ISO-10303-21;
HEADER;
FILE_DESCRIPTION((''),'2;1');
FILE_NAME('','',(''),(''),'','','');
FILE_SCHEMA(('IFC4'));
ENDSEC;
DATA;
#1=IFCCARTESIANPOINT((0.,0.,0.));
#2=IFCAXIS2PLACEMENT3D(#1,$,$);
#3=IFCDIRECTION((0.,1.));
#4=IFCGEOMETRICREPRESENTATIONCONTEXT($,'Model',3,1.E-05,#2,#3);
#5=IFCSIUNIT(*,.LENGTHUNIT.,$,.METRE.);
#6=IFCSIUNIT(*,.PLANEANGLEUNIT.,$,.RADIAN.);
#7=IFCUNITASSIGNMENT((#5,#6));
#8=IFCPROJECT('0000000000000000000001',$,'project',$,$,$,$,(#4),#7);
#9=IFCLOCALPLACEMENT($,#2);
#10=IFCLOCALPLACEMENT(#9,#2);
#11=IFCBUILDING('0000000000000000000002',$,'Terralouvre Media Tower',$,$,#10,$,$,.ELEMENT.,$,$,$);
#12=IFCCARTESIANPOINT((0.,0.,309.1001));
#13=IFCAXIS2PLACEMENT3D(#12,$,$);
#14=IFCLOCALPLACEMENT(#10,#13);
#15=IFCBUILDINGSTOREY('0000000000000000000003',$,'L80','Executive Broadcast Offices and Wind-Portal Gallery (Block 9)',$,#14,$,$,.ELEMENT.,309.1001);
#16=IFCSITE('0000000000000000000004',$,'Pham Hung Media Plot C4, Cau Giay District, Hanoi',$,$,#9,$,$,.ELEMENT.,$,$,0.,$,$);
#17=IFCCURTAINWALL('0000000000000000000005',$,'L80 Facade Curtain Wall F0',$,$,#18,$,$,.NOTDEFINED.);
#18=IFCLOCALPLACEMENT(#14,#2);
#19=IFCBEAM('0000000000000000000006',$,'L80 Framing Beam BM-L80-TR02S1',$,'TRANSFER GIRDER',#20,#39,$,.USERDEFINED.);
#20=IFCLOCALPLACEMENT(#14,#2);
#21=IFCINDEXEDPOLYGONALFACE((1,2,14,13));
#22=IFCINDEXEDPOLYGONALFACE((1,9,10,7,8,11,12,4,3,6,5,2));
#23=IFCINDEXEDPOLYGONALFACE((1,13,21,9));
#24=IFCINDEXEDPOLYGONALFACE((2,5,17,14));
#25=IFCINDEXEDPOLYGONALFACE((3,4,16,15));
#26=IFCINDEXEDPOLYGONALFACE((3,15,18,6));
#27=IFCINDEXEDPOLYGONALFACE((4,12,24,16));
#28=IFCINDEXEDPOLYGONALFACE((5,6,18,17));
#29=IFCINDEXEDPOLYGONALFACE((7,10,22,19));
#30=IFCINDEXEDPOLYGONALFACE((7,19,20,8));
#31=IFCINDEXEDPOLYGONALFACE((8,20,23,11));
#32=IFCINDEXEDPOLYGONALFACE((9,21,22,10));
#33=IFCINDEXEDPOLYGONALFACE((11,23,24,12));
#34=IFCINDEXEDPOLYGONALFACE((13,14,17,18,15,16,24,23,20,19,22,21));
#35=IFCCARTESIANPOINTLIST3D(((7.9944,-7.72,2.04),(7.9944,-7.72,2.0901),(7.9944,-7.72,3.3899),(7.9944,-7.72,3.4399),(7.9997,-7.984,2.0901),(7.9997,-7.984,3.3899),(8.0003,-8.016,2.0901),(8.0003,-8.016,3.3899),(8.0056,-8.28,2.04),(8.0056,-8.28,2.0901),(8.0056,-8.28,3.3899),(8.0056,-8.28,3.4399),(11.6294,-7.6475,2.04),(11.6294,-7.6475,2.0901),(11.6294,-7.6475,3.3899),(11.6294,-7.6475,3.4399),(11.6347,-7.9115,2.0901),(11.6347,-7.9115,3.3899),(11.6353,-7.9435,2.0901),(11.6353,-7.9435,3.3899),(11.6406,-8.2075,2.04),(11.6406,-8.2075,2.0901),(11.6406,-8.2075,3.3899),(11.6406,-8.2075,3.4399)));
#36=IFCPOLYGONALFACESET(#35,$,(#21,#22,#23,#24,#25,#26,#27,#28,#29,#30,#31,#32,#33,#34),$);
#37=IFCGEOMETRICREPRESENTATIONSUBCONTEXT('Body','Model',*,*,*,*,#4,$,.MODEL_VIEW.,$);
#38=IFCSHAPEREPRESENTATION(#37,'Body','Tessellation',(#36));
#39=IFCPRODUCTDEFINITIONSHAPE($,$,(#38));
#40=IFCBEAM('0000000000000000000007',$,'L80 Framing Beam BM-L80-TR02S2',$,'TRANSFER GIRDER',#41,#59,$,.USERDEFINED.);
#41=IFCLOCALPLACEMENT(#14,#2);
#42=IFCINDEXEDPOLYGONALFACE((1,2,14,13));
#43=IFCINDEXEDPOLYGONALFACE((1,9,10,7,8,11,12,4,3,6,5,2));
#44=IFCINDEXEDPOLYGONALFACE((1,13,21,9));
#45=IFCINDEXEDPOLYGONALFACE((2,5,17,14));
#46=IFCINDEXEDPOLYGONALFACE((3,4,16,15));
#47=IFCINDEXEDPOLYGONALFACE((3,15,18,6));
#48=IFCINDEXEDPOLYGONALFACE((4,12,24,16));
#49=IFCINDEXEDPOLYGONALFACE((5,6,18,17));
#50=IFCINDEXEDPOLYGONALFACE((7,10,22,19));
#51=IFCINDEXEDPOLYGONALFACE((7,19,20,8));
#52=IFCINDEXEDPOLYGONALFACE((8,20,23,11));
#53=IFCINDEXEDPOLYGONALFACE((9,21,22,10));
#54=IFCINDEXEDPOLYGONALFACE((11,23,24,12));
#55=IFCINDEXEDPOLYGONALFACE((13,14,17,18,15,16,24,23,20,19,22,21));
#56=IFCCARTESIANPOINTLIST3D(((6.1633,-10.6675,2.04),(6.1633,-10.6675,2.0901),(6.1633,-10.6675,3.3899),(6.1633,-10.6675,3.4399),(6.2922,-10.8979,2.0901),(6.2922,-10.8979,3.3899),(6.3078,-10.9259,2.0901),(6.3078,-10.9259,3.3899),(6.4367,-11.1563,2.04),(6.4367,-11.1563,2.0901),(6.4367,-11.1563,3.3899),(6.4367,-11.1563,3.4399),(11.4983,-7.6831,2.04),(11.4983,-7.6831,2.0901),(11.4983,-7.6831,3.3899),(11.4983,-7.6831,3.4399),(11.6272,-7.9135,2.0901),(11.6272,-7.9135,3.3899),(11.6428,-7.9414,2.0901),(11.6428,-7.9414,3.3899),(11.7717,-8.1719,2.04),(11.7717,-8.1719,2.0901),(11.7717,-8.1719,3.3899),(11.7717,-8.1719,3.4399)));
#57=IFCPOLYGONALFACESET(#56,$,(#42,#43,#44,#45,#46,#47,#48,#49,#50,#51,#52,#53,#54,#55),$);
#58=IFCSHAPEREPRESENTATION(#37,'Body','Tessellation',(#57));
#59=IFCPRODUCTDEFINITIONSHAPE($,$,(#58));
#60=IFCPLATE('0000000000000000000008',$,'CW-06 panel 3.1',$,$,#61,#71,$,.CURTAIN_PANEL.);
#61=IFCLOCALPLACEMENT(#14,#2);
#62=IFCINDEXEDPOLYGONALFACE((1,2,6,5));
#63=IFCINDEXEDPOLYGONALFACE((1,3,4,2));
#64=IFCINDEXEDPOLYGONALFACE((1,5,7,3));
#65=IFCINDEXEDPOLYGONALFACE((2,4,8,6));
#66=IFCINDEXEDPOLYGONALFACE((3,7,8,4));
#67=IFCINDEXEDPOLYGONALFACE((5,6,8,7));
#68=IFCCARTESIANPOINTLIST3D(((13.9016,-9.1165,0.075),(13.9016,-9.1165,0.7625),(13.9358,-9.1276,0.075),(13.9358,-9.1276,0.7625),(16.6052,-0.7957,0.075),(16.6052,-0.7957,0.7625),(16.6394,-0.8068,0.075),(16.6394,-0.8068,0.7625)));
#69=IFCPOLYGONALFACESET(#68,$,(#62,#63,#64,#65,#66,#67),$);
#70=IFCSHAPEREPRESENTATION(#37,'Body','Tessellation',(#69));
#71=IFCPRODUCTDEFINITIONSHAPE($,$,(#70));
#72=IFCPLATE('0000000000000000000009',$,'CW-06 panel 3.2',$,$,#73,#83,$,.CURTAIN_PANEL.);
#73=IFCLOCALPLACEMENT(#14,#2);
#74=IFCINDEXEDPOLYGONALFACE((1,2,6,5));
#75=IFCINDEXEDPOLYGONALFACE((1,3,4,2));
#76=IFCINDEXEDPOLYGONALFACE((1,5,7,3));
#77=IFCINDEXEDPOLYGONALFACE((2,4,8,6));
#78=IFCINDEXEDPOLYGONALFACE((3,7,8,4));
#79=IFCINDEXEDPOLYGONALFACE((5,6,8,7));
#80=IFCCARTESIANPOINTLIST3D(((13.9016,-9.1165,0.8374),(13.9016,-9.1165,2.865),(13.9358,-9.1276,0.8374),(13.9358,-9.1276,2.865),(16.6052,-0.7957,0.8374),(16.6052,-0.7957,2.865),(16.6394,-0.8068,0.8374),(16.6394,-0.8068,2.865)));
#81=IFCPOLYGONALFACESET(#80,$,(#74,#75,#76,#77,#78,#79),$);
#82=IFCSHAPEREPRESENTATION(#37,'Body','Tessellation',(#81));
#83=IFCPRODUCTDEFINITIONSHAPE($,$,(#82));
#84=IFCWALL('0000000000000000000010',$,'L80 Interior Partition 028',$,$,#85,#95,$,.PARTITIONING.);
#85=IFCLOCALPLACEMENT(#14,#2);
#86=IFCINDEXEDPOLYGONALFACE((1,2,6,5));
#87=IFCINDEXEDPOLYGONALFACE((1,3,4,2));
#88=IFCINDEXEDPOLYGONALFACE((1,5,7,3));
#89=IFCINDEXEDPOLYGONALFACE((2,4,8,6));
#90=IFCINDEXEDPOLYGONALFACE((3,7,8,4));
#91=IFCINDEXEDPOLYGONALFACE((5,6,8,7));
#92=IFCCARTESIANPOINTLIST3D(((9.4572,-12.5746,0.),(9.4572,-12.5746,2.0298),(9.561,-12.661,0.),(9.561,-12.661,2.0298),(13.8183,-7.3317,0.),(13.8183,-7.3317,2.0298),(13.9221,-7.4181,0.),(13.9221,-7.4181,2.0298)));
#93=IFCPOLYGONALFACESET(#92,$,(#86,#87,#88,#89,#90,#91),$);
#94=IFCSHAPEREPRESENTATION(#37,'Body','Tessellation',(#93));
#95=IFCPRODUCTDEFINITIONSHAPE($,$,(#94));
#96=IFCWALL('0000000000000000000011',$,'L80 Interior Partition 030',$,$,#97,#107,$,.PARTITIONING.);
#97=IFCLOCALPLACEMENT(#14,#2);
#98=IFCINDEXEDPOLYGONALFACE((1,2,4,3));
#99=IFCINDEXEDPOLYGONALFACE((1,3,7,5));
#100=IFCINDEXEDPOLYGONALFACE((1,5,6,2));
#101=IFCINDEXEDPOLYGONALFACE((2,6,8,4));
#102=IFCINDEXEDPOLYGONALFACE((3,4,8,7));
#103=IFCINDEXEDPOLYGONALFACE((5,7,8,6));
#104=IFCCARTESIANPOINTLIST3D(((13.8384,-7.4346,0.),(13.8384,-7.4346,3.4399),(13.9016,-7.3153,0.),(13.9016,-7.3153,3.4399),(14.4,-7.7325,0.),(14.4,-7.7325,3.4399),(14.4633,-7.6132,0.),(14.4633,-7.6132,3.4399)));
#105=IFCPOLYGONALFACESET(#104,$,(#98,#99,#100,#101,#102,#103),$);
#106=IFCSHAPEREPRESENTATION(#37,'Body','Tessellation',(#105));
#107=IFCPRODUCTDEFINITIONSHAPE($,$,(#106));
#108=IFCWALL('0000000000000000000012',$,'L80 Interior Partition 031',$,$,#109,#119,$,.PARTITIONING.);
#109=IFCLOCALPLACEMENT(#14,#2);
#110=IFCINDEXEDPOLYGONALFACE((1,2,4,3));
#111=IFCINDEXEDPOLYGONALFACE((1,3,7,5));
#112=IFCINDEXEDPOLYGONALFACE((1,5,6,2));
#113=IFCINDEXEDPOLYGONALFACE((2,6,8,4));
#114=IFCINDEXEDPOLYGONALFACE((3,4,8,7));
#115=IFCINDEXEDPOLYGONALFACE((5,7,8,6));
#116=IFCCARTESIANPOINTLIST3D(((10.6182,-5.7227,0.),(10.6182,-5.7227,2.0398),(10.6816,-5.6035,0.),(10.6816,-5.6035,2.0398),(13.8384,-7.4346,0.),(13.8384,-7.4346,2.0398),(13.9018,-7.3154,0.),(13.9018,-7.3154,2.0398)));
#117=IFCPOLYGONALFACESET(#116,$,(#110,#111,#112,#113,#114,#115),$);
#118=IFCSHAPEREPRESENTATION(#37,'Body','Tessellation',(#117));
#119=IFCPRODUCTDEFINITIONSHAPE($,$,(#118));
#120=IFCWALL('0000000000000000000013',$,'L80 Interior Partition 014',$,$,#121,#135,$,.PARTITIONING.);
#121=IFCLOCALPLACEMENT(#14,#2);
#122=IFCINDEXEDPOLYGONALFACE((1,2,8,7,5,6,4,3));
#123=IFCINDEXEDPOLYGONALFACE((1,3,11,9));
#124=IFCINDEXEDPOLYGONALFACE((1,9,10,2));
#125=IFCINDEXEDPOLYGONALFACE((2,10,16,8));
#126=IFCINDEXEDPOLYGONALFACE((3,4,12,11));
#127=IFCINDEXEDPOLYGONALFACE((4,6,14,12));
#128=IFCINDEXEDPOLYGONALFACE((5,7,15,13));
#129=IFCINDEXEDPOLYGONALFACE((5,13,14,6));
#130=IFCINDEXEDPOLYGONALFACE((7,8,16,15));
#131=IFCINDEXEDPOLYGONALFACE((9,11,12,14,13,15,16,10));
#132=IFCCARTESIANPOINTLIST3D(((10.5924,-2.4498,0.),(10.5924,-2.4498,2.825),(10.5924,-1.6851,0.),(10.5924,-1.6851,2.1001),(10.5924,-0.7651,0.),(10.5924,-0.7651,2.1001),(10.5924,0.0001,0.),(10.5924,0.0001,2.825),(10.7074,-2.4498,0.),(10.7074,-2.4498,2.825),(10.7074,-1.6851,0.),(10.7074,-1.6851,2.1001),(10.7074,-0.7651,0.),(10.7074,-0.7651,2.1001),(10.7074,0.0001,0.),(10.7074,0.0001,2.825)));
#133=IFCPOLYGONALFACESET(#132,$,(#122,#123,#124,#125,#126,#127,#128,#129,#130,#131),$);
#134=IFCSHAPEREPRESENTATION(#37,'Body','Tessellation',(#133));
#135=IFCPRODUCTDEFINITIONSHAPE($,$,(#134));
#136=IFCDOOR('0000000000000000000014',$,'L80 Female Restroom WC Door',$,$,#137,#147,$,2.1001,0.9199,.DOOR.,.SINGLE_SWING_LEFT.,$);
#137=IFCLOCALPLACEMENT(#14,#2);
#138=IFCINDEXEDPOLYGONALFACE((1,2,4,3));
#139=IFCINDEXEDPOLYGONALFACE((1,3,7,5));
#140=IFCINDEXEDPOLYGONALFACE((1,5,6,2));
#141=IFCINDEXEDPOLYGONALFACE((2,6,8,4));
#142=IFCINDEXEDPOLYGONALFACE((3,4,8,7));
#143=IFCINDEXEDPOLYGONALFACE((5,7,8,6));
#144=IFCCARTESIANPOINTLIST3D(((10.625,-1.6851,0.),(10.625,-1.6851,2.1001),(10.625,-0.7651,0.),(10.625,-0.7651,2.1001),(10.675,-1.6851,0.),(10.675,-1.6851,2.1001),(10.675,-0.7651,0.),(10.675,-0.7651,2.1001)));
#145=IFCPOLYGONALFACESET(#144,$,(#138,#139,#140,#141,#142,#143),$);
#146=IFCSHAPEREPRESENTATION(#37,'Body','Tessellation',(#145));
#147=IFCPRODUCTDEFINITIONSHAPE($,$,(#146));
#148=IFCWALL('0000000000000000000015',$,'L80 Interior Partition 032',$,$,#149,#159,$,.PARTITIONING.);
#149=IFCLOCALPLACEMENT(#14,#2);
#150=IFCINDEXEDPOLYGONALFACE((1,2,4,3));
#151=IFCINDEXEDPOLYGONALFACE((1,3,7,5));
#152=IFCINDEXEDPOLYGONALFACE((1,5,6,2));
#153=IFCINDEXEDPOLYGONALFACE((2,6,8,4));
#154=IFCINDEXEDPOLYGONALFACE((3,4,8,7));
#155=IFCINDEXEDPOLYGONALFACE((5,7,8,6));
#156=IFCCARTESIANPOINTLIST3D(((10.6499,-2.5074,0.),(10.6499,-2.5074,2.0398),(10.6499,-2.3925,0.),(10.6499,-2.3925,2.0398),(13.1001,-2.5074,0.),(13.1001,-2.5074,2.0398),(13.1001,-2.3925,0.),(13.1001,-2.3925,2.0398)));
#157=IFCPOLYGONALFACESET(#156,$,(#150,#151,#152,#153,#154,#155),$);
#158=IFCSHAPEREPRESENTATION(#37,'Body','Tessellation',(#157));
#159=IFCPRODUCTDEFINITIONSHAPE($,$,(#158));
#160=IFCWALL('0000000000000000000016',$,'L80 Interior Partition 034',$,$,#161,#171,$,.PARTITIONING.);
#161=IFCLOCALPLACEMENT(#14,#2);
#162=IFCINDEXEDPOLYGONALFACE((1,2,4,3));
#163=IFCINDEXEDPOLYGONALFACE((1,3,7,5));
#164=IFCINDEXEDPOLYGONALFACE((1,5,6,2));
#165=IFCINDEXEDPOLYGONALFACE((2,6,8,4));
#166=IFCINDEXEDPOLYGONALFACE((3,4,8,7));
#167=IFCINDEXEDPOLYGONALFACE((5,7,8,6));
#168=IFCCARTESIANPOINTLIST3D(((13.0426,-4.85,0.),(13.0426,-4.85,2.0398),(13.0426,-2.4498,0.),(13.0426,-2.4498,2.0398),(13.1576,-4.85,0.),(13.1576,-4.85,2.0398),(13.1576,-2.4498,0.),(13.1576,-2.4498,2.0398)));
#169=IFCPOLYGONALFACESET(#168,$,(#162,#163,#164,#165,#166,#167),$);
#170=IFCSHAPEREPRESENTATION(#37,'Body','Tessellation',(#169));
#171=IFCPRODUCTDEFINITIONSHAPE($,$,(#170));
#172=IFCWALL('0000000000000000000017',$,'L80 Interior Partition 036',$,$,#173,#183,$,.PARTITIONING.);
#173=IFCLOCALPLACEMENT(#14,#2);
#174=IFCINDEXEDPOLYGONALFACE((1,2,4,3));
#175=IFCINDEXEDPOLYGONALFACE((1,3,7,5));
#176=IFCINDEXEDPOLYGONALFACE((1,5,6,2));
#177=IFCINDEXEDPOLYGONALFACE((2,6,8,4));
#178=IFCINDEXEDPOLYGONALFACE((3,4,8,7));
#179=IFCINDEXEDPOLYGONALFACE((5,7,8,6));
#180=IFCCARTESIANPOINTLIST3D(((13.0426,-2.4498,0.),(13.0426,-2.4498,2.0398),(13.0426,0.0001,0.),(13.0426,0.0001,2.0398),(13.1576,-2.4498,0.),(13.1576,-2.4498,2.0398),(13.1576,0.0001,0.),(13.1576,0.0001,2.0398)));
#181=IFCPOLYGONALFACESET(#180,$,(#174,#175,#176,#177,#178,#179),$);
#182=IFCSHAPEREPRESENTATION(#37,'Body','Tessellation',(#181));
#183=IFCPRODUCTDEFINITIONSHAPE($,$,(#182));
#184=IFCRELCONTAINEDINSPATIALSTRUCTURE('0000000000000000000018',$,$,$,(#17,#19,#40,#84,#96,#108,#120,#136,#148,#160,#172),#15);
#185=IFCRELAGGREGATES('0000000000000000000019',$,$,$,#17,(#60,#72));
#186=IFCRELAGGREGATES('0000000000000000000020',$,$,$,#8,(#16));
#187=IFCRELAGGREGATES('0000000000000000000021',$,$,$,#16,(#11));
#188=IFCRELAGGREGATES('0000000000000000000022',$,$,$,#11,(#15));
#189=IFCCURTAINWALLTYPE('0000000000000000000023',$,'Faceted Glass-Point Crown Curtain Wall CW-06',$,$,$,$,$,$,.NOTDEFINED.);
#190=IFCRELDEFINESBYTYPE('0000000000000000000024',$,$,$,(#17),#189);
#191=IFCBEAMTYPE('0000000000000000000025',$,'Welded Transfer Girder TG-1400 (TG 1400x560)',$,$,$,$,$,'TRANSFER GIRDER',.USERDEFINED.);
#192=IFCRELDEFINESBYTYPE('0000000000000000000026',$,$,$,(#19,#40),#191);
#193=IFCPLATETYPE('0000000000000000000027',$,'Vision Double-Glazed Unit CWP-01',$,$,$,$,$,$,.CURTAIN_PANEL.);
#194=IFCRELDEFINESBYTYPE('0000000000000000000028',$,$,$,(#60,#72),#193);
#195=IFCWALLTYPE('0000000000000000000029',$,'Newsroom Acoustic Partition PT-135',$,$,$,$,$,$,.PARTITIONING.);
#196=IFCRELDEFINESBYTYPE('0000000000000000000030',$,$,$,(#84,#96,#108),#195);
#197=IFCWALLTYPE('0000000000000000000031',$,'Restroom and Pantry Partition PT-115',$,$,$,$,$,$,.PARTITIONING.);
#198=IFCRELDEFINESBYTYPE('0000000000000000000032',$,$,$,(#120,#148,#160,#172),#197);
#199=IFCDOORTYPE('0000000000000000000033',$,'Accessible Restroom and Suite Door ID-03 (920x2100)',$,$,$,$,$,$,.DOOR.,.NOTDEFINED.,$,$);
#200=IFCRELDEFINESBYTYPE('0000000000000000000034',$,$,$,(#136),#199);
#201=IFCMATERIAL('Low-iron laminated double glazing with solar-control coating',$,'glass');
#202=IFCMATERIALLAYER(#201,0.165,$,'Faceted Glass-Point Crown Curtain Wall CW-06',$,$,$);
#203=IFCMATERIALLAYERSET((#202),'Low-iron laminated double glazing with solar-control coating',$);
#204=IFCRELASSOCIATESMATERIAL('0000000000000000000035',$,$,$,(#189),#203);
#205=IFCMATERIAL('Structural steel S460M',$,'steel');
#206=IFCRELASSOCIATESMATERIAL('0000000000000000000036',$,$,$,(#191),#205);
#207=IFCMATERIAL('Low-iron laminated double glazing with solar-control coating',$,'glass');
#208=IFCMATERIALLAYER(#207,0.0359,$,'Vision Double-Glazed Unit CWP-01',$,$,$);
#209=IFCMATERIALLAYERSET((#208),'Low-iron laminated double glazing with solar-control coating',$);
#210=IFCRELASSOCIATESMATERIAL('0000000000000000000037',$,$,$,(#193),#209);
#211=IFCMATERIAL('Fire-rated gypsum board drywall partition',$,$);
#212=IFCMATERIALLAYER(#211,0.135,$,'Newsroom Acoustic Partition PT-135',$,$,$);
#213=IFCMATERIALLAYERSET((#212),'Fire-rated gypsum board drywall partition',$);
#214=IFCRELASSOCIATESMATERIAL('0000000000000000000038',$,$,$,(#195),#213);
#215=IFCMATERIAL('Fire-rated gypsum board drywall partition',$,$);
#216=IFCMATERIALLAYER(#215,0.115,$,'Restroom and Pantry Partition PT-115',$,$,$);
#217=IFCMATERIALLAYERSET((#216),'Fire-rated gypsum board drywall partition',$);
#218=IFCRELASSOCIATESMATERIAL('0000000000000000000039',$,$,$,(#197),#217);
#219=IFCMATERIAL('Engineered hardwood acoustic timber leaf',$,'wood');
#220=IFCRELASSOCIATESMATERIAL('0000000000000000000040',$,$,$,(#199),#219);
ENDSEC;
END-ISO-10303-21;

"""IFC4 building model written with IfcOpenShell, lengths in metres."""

from ifc_helpers import new_model, si_unit, direction, frame, frame_2d, origin, origin_2d, place, context, subcontext, project, spatial, rectangle, i_section, extrude, material, layer, layer_set, material_profile, profile_set, type_object, element, fill, aggregate, save


model = new_model("IFC4")

# Units and contexts
model_context = context("Model", 3, precision=1e-05, world=origin(), true_north=direction((0.0, 1.0)))
body_context = subcontext(model_context, "Body", "Model", "MODEL_VIEW")
ifc_project = project(units=[si_unit("LENGTHUNIT", "METRE"), si_unit("PLANEANGLEUNIT", "RADIAN")], contexts=[model_context])

# Site, building, storey
site_placement = place(None, origin())
site = spatial("IfcSite", under=ifc_project, at=site_placement, Name="Pham Hung Media Plot C4, Cau Giay District, Hanoi", CompositionType="ELEMENT", RefElevation=0.0)
building_placement = place(site_placement, origin())
building = spatial("IfcBuilding", under=site, at=building_placement, Name="Terralouvre Media Tower", CompositionType="ELEMENT")
storey_placement = place(building_placement, frame((0.0, 0.0, 309.1001)))
storey = spatial("IfcBuildingStorey", under=building, at=storey_placement, Name="L80", Description="Executive Broadcast Offices and Wind-Portal Gallery (Block 9)", CompositionType="ELEMENT", Elevation=309.1001)

# Curtain wall
ifc_material_1 = material(Name="Low-iron laminated double glazing with solar-control coating", Category="glass")
ifc_layer_1 = layer(ifc_material_1, 0.165, Name="Faceted Glass-Point Crown Curtain Wall CW-06")
ifc_layer_set_1 = layer_set([ifc_layer_1], Name="Low-iron laminated double glazing with solar-control coating")
curtain_wall_type = type_object("IfcCurtainWallType", Name="Faceted Glass-Point Crown Curtain Wall CW-06", PredefinedType="NOTDEFINED", material=ifc_layer_set_1)
curtain_wall_placement = place(storey_placement, origin())
curtain_wall = element("IfcCurtainWall", 1, at=curtain_wall_placement, inside=storey, type_object=curtain_wall_type, Name="L80 Facade Curtain Wall F0", PredefinedType="NOTDEFINED")

# Beams
ifc_material_2 = material(Name="Structural steel S460M", Category="steel")
ifc_material_profile_1 = material_profile(ifc_material_2, i_section(OverallWidth=0.5601, OverallDepth=1.3999, WebThickness=0.032, FlangeThickness=0.05, at=origin_2d()), Name="TG 1400x560")
ifc_profile_set_1 = profile_set([ifc_material_profile_1], Name="Structural steel S460M")
beam_type_1 = type_object("IfcBeamType", Name="Welded Transfer Girder TG-1400 (TG 1400x560)", ElementType="TRANSFER GIRDER", PredefinedType="USERDEFINED", material=ifc_profile_set_1)
beam_1_placement = place(storey_placement, frame((11.635, -7.9275, 2.74), z_axis=(-0.999801, -0.019944, 0.0), x_axis=(0.019944, -0.999801, 0.0)))
element("IfcBeam", 2, at=beam_1_placement, inside=storey, type_object=beam_type_1, Name="L80 Framing Beam BM-L80-TR02S1", ObjectType="TRANSFER GIRDER", PredefinedType="USERDEFINED", context=body_context, shape_type="SweptSolid", body=[
    extrude(i_section(OverallWidth=0.5601, OverallDepth=1.3999, WebThickness=0.032, FlangeThickness=0.05, at=origin_2d()), origin(), (0.0, 0.0, 1.0), 3.6357),
])
beam_2_placement = place(storey_placement, frame((11.635, -7.9275, 2.74), z_axis=(-0.872729, -0.488204, 0.0), x_axis=(0.488204, -0.872729, 0.0)))
element("IfcBeam", 3, at=beam_2_placement, inside=storey, type_object=beam_type_1, Name="L80 Framing Beam BM-L80-TR02S2", ObjectType="TRANSFER GIRDER", PredefinedType="USERDEFINED", context=body_context, shape_type="SweptSolid", body=[
    extrude(i_section(OverallWidth=0.5601, OverallDepth=1.3999, WebThickness=0.032, FlangeThickness=0.05, at=origin_2d()), origin(), (0.0, 0.0, 1.0), 6.113),
])

# Plates
ifc_material_3 = material(Name="Low-iron laminated double glazing with solar-control coating", Category="glass")
ifc_layer_2 = layer(ifc_material_3, 0.0359, Name="Vision Double-Glazed Unit CWP-01")
ifc_layer_set_2 = layer_set([ifc_layer_2], Name="Low-iron laminated double glazing with solar-control coating")
plate_type = type_object("IfcPlateType", Name="Vision Double-Glazed Unit CWP-01", PredefinedType="CURTAIN_PANEL", material=ifc_layer_set_2)
plate_1_placement = place(storey_placement, frame((15.2705, -4.9617, 0.075), z_axis=(0.0, 0.0, 1.0), x_axis=(0.309017, 0.951057, 0.0)))
plate_1 = element("IfcPlate", 4, at=plate_1_placement, type_object=plate_type, Name="CW-06 panel 3.1", PredefinedType="CURTAIN_PANEL", context=body_context, shape_type="SweptSolid", body=[
    extrude(rectangle(XDim=8.749, YDim=0.0359, at=origin_2d()), origin(), (0.0, 0.0, 1.0), 0.6875),
])
plate_2_placement = place(storey_placement, frame((15.2705, -4.9617, 0.8374), z_axis=(0.0, 0.0, 1.0), x_axis=(0.309017, 0.951057, 0.0)))
plate_2 = element("IfcPlate", 5, at=plate_2_placement, type_object=plate_type, Name="CW-06 panel 3.2", PredefinedType="CURTAIN_PANEL", context=body_context, shape_type="SweptSolid", body=[
    extrude(rectangle(XDim=8.749, YDim=0.0359, at=origin_2d()), origin(), (0.0, 0.0, 1.0), 2.0276),
])
aggregate(curtain_wall, [plate_1, plate_2])

# Walls
ifc_material_4 = material(Name="Fire-rated gypsum board drywall partition")
ifc_layer_3 = layer(ifc_material_4, 0.135, Name="Newsroom Acoustic Partition PT-135")
ifc_layer_set_3 = layer_set([ifc_layer_3], Name="Fire-rated gypsum board drywall partition")
wall_type_1 = type_object("IfcWallType", Name="Newsroom Acoustic Partition PT-135", PredefinedType="PARTITIONING", material=ifc_layer_set_3)
wall_1_placement = place(storey_placement, frame((13.8701, -7.375, 0.0), z_axis=(0.0, 0.0, 1.0), x_axis=(-0.63949, -0.768799, 0.0)))
element("IfcWall", 6, at=wall_1_placement, inside=storey, type_object=wall_type_1, Name="L80 Interior Partition 028", PredefinedType="PARTITIONING", context=body_context, shape_type="SweptSolid", body=[
    extrude(rectangle(XDim=6.8196, YDim=0.135, at=frame_2d((3.4097, 0.0))), origin(), (0.0, 0.0, 1.0), 2.0298),
])
wall_2_placement = place(storey_placement, frame((14.4316, -7.6729, 0.0), z_axis=(0.0, 0.0, 1.0), x_axis=(-0.883414, 0.468593, 0.0)))
element("IfcWall", 7, at=wall_2_placement, inside=storey, type_object=wall_type_1, Name="L80 Interior Partition 030", PredefinedType="PARTITIONING", context=body_context, shape_type="SweptSolid", body=[
    extrude(rectangle(XDim=0.6357, YDim=0.135, at=frame_2d((0.3179, 0.0))), origin(), (0.0, 0.0, 1.0), 3.4399),
])
wall_3_placement = place(storey_placement, frame((13.8701, -7.375, 0.0), z_axis=(0.0, 0.0, 1.0), x_axis=(-0.882982, 0.469406, 0.0)))
element("IfcWall", 8, at=wall_3_placement, inside=storey, type_object=wall_type_1, Name="L80 Interior Partition 031", PredefinedType="PARTITIONING", context=body_context, shape_type="SweptSolid", body=[
    extrude(rectangle(XDim=3.647, YDim=0.135, at=frame_2d((1.8235, 0.0))), origin(), (0.0, 0.0, 1.0), 2.0398),
])

# Wall, opening, door
ifc_material_5 = material(Name="Fire-rated gypsum board drywall partition")
ifc_layer_4 = layer(ifc_material_5, 0.115, Name="Restroom and Pantry Partition PT-115")
ifc_layer_set_4 = layer_set([ifc_layer_4], Name="Fire-rated gypsum board drywall partition")
wall_type_2 = type_object("IfcWallType", Name="Restroom and Pantry Partition PT-115", PredefinedType="PARTITIONING", material=ifc_layer_set_4)
wall_4_placement = place(storey_placement, frame((10.6499, -2.45, 0.0), z_axis=(0.0, 0.0, 1.0), x_axis=(0.0, 1.0, 0.0)))
wall_4 = element("IfcWall", 9, at=wall_4_placement, inside=storey, type_object=wall_type_2, Name="L80 Interior Partition 014", PredefinedType="PARTITIONING", context=body_context, shape_type="SweptSolid", body=[
    extrude(rectangle(XDim=2.45, YDim=0.115, at=frame_2d((1.2251, 0.0))), origin(), (0.0, 0.0, 1.0), 2.825),
])
opening_placement = place(wall_4_placement, frame((0.7649, 0.0, 0.0)))
opening = element("IfcOpeningElement", 10, at=opening_placement, cuts=wall_4, PredefinedType="OPENING", context=body_context, shape_type="SweptSolid", body=[
    extrude(rectangle(XDim=0.9199, YDim=2.1001, at=frame_2d((0.46, 1.05))), frame((0.0, 0.0674, 0.0), z_axis=(0.0, -1.0, 0.0), x_axis=(1.0, 0.0, 0.0)), (0.0, 0.0, 1.0), 0.135),
])
ifc_material_6 = material(Name="Engineered hardwood acoustic timber leaf", Category="wood")
door_type = type_object("IfcDoorType", Name="Accessible Restroom and Suite Door ID-03 (920x2100)", OperationType="NOTDEFINED", PredefinedType="DOOR", material=ifc_material_6)
door_placement = place(opening_placement, origin())
door = element("IfcDoor", 11, at=door_placement, inside=storey, type_object=door_type, Name="L80 Female Restroom WC Door", OperationType="SINGLE_SWING_LEFT", OverallHeight=2.1001, OverallWidth=0.9199, PredefinedType="DOOR", context=body_context, shape_type="SweptSolid", body=[
    extrude(rectangle(XDim=0.9199, YDim=2.1001, at=frame_2d((0.46, 1.05))), frame((0.0, 0.0249, 0.0), z_axis=(0.0, -1.0, 0.0), x_axis=(1.0, 0.0, 0.0)), (0.0, 0.0, 1.0), 0.05),
])
fill(opening, door)

# Walls
wall_5_placement = place(storey_placement, frame((13.1001, -2.45, 0.0), z_axis=(0.0, 0.0, 1.0), x_axis=(-1.0, 0.0, 0.0)))
element("IfcWall", 12, at=wall_5_placement, inside=storey, type_object=wall_type_2, Name="L80 Interior Partition 032", PredefinedType="PARTITIONING", context=body_context, shape_type="SweptSolid", body=[
    extrude(rectangle(XDim=2.4502, YDim=0.115, at=frame_2d((1.2251, 0.0))), origin(), (0.0, 0.0, 1.0), 2.0398),
])
wall_6_placement = place(storey_placement, frame((13.1001, -4.8501, 0.0), z_axis=(0.0, 0.0, 1.0), x_axis=(0.0, 1.0, 0.0)))
element("IfcWall", 13, at=wall_6_placement, inside=storey, type_object=wall_type_2, Name="L80 Interior Partition 034", PredefinedType="PARTITIONING", context=body_context, shape_type="SweptSolid", body=[
    extrude(rectangle(XDim=2.4001, YDim=0.115, at=frame_2d((1.2002, 0.0))), origin(), (0.0, 0.0, 1.0), 2.0398),
])
wall_7_placement = place(storey_placement, frame((13.1001, -2.45, 0.0), z_axis=(0.0, 0.0, 1.0), x_axis=(0.0, 1.0, 0.0)))
element("IfcWall", 14, at=wall_7_placement, inside=storey, type_object=wall_type_2, Name="L80 Interior Partition 036", PredefinedType="PARTITIONING", context=body_context, shape_type="SweptSolid", body=[
    extrude(rectangle(XDim=2.45, YDim=0.115, at=frame_2d((1.2251, 0.0))), origin(), (0.0, 0.0, 1.0), 2.0398),
])

save(model, "model.ifc")
